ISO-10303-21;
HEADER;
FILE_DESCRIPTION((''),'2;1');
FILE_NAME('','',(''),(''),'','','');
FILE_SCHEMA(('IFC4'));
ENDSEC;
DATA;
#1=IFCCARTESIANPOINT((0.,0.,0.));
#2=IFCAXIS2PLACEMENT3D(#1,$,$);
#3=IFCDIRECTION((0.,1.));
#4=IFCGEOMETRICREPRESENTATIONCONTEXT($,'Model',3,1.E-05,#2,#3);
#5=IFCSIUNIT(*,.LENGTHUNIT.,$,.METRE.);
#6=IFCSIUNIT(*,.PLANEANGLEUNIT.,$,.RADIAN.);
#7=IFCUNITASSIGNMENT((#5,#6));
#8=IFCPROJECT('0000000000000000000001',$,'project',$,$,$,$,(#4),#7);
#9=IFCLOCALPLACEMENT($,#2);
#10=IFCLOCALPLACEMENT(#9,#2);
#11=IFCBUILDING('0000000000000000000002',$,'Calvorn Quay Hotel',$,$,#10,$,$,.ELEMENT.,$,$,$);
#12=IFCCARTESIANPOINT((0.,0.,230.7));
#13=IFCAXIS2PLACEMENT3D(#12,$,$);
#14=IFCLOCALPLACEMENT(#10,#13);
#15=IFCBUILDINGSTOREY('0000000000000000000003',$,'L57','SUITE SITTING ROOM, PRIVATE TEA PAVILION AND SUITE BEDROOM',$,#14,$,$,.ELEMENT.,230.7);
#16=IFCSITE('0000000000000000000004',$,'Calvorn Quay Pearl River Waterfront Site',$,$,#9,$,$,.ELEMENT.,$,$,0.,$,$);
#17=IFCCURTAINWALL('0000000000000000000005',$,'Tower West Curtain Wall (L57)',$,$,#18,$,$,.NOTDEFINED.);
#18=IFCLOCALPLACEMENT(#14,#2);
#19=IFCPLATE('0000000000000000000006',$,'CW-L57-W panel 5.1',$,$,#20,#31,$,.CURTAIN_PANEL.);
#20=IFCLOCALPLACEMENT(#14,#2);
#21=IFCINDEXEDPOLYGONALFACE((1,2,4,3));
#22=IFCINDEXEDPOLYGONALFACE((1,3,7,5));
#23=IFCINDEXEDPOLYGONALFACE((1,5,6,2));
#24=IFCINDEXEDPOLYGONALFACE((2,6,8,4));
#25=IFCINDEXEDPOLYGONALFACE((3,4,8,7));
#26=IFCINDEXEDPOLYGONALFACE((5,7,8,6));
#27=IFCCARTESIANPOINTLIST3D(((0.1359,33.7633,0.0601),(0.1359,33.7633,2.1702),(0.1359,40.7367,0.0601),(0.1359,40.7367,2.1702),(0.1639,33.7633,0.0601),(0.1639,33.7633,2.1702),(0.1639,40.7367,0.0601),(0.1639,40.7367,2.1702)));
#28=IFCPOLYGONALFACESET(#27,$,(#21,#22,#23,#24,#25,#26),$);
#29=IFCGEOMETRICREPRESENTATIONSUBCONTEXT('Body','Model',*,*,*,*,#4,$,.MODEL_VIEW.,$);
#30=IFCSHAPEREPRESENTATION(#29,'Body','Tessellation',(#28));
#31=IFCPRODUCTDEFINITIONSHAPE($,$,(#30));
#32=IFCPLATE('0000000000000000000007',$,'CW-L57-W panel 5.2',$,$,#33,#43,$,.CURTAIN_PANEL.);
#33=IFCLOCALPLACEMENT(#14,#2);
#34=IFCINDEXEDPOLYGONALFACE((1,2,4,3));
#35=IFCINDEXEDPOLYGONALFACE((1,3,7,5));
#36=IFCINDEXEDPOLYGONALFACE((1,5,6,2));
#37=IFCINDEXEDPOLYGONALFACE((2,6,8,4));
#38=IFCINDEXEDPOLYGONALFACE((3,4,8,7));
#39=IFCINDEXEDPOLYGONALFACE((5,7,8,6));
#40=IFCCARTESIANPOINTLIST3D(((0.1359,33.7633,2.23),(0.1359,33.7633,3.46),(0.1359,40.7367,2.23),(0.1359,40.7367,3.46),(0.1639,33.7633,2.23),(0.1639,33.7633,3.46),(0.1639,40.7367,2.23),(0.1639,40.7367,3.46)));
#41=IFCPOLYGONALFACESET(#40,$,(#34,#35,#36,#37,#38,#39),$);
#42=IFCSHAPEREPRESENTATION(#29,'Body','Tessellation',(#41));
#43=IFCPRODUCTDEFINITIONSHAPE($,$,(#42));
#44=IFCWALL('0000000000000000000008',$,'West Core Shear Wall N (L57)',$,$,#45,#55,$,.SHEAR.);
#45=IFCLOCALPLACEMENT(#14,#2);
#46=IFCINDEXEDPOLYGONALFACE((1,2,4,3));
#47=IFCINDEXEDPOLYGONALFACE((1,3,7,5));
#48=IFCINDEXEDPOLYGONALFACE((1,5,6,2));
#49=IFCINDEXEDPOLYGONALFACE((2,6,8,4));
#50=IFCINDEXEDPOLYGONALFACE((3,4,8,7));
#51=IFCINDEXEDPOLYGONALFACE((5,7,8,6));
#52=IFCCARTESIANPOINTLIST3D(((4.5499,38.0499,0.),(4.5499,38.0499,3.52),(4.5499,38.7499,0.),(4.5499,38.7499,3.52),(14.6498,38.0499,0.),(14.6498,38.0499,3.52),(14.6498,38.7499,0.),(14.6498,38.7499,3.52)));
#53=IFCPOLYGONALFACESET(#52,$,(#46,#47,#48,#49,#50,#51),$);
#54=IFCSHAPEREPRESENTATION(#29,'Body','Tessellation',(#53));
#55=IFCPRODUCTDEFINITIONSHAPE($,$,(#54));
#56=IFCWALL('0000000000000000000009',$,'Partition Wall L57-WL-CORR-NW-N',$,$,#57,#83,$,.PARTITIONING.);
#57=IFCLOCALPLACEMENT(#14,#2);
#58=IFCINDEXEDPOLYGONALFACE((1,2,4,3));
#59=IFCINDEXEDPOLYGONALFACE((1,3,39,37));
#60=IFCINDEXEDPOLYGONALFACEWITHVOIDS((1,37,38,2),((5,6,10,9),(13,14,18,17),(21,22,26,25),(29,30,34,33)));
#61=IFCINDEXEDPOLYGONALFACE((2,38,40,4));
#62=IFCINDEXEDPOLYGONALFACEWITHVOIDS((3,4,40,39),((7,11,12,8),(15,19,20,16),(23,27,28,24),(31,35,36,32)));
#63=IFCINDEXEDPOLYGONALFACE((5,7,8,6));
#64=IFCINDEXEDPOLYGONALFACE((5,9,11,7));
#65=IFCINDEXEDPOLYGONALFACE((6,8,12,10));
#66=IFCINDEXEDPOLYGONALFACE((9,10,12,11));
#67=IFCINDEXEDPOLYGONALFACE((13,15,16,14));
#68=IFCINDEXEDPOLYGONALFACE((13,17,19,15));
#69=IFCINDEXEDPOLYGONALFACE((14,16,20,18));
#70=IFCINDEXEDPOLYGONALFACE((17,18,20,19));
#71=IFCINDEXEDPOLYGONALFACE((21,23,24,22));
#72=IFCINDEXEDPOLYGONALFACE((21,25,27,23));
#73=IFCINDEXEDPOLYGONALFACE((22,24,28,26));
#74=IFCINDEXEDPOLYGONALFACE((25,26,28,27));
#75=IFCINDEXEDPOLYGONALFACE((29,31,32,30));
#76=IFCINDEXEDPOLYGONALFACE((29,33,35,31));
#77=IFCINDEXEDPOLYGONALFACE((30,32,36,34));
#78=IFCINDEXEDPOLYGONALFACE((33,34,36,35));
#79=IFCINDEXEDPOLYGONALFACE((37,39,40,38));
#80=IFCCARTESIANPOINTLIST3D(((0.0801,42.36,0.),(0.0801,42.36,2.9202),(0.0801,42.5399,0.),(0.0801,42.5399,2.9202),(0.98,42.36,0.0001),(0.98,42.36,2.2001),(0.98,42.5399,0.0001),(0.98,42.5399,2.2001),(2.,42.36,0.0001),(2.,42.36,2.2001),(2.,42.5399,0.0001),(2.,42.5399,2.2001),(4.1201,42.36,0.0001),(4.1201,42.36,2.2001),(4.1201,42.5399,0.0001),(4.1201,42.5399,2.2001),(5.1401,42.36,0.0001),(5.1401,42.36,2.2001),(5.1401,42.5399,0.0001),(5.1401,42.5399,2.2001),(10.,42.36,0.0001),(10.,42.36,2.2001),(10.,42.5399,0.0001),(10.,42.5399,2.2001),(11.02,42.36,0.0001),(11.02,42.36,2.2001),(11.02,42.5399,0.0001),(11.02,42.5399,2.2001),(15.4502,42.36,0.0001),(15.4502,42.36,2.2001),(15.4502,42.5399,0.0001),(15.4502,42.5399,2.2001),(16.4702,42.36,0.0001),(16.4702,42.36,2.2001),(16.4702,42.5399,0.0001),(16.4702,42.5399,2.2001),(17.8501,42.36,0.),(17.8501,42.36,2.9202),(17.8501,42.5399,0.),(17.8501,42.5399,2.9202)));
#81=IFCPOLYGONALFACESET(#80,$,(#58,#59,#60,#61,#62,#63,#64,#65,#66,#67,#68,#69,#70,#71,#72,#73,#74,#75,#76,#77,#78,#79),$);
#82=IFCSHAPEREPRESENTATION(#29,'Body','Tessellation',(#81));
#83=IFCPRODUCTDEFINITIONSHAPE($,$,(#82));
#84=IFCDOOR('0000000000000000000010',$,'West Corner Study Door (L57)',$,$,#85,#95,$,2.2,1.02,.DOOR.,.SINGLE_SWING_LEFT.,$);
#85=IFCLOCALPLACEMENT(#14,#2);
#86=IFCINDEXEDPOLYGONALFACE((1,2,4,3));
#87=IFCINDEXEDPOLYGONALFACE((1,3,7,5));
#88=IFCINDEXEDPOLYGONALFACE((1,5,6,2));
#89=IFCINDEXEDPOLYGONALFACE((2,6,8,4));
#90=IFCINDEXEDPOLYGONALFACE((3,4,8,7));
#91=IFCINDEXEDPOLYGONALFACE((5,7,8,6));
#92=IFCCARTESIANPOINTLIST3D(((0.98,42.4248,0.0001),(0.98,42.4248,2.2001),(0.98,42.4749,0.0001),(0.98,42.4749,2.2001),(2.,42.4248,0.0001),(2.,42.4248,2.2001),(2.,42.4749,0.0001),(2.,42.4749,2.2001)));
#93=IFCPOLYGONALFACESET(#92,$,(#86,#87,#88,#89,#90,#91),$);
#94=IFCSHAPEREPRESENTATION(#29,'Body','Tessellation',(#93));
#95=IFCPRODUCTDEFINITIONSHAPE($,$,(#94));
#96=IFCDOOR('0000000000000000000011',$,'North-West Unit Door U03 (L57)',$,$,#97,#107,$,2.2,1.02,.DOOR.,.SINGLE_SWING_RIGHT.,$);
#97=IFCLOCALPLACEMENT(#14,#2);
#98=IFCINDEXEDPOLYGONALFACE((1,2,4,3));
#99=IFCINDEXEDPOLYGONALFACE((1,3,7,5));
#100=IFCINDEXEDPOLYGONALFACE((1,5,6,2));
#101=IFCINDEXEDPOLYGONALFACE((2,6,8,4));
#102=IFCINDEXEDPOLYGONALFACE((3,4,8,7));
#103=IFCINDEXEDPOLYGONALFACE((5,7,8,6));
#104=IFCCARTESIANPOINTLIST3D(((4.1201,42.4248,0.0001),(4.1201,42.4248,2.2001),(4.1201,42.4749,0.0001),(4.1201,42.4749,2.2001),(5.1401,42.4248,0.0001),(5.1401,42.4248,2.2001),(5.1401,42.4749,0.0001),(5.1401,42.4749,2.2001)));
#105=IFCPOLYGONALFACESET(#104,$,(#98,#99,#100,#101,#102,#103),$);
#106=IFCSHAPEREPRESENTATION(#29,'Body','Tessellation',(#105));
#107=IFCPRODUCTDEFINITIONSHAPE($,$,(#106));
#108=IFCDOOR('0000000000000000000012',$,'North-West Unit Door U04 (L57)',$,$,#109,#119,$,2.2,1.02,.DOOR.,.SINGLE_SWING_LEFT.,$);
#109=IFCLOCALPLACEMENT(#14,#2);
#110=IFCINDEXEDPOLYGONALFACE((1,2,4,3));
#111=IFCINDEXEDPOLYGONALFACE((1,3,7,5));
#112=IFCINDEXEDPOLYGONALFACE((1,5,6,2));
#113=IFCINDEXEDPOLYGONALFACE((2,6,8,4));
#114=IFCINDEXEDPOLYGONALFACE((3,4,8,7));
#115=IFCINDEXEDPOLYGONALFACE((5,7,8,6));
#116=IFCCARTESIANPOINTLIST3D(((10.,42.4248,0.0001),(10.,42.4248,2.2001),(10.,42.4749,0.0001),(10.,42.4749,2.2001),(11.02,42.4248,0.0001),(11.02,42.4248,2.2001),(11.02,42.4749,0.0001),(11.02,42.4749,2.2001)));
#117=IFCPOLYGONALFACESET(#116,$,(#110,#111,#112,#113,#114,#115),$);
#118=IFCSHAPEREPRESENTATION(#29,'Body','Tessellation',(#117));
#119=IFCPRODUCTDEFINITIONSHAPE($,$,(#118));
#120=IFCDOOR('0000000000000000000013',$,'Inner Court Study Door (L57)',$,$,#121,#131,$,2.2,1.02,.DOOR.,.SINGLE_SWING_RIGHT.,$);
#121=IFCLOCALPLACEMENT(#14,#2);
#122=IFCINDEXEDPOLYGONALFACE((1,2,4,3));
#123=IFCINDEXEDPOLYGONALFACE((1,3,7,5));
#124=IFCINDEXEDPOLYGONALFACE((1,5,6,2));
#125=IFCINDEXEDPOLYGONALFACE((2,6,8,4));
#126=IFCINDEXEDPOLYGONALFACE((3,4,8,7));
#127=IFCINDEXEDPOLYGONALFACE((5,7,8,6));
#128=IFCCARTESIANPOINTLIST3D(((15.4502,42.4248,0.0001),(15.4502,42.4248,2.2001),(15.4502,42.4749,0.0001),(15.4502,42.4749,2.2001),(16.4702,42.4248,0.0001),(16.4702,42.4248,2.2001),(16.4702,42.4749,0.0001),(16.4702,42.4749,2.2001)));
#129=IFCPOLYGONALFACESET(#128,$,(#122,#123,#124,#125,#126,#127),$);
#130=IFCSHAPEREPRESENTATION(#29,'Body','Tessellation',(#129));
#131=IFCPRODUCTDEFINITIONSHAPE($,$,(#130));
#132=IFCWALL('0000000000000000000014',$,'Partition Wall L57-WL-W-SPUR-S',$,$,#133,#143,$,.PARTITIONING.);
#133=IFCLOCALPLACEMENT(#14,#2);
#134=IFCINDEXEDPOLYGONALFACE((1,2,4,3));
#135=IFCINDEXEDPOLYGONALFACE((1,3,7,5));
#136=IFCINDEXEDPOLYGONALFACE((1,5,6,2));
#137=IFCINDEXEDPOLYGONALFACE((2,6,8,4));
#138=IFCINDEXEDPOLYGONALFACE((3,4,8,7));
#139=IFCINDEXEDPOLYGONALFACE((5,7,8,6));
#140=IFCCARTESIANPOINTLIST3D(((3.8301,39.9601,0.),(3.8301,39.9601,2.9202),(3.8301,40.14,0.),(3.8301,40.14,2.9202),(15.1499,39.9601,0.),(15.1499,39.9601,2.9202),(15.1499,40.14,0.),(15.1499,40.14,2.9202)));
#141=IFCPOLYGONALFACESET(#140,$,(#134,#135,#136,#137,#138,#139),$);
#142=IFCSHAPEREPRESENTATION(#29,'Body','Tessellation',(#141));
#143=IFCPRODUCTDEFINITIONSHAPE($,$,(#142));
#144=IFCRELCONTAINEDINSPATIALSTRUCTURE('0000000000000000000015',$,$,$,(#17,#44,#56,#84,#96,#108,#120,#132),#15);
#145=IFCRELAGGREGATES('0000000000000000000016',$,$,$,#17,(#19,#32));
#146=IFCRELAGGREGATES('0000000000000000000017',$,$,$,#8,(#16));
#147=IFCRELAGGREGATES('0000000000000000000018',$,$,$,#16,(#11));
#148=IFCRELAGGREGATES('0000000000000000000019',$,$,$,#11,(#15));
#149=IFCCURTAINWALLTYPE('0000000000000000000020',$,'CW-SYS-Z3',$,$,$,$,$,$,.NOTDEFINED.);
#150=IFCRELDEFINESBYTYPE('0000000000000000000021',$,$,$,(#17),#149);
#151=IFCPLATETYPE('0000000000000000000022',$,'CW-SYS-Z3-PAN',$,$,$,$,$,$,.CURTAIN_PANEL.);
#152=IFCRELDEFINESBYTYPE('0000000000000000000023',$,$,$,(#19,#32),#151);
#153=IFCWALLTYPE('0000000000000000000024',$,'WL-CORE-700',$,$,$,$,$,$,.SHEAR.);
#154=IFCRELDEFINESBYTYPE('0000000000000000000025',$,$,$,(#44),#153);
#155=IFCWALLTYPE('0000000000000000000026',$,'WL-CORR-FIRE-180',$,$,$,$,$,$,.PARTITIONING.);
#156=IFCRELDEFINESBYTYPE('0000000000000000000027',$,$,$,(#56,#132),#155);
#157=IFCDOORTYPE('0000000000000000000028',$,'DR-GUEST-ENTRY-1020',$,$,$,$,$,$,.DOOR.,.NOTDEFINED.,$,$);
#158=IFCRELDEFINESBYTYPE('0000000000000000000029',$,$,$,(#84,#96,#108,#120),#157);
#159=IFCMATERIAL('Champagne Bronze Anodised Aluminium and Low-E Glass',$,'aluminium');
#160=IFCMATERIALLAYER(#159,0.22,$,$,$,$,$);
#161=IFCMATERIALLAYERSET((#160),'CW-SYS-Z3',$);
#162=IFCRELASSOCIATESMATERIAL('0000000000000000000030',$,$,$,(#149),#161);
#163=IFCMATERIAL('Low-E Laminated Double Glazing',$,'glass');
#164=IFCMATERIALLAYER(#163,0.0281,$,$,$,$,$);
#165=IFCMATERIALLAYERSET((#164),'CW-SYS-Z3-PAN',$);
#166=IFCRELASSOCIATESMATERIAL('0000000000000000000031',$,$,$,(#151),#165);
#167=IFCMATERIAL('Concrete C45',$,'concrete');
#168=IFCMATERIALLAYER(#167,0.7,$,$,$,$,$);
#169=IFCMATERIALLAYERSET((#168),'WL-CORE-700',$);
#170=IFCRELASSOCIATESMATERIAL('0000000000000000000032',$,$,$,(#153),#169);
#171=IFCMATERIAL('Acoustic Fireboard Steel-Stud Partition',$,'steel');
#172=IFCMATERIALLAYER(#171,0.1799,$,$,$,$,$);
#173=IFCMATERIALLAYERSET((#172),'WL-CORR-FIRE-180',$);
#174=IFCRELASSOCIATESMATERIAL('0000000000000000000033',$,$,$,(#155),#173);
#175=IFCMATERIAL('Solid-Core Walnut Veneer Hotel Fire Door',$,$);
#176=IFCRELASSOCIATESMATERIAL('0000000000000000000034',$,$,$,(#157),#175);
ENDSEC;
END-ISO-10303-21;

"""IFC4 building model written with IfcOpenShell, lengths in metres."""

from ifc_helpers import new_model, si_unit, direction, frame, frame_2d, origin, origin_2d, place, context, subcontext, project, spatial, rectangle, extrude, material, layer, layer_set, type_object, element, fill, aggregate, save


model = new_model("IFC4")

# Units and contexts
model_context = context("Model", 3, precision=1e-05, world=origin(), true_north=direction((0.0, 1.0)))
body_context = subcontext(model_context, "Body", "Model", "MODEL_VIEW")
ifc_project = project(units=[si_unit("LENGTHUNIT", "METRE"), si_unit("PLANEANGLEUNIT", "RADIAN")], contexts=[model_context])

# Site, building, storey
site_placement = place(None, origin())
site = spatial("IfcSite", under=ifc_project, at=site_placement, Name="Calvorn Quay Pearl River Waterfront Site", CompositionType="ELEMENT", RefElevation=0.0)
building_placement = place(site_placement, origin())
building = spatial("IfcBuilding", under=site, at=building_placement, Name="Calvorn Quay Hotel", CompositionType="ELEMENT")
storey_placement = place(building_placement, frame((0.0, 0.0, 230.7)))
storey = spatial("IfcBuildingStorey", under=building, at=storey_placement, Name="L57", Description="SUITE SITTING ROOM, PRIVATE TEA PAVILION AND SUITE BEDROOM", CompositionType="ELEMENT", Elevation=230.7)

# Curtain wall, plates
ifc_material_1 = material(Name="Champagne Bronze Anodised Aluminium and Low-E Glass", Category="aluminium")
ifc_layer_1 = layer(ifc_material_1, 0.22)
ifc_layer_set_1 = layer_set([ifc_layer_1], Name="CW-SYS-Z3")
curtain_wall_type = type_object("IfcCurtainWallType", Name="CW-SYS-Z3", PredefinedType="NOTDEFINED", material=ifc_layer_set_1)
curtain_wall_placement = place(storey_placement, origin())
curtain_wall = element("IfcCurtainWall", 1, at=curtain_wall_placement, inside=storey, type_object=curtain_wall_type, Name="Tower West Curtain Wall (L57)", PredefinedType="NOTDEFINED")
ifc_material_2 = material(Name="Low-E Laminated Double Glazing", Category="glass")
ifc_layer_2 = layer(ifc_material_2, 0.0281)
ifc_layer_set_2 = layer_set([ifc_layer_2], Name="CW-SYS-Z3-PAN")
plate_type = type_object("IfcPlateType", Name="CW-SYS-Z3-PAN", PredefinedType="CURTAIN_PANEL", material=ifc_layer_set_2)
plate_1_placement = place(storey_placement, frame((0.1499, 37.25, 0.0601), z_axis=(0.0, 0.0, 1.0), x_axis=(0.0, 1.0, 0.0)))
plate_1 = element("IfcPlate", 2, at=plate_1_placement, type_object=plate_type, Name="CW-L57-W panel 5.1", PredefinedType="CURTAIN_PANEL", context=body_context, shape_type="SweptSolid", body=[
    extrude(rectangle(XDim=6.9734, YDim=0.0281, at=origin_2d()), origin(), (0.0, 0.0, 1.0), 2.1101),
])
plate_2_placement = place(storey_placement, frame((0.1499, 37.25, 2.23), z_axis=(0.0, 0.0, 1.0), x_axis=(0.0, 1.0, 0.0)))
plate_2 = element("IfcPlate", 3, at=plate_2_placement, type_object=plate_type, Name="CW-L57-W panel 5.2", PredefinedType="CURTAIN_PANEL", context=body_context, shape_type="SweptSolid", body=[
    extrude(rectangle(XDim=6.9734, YDim=0.0281, at=origin_2d()), origin(), (0.0, 0.0, 1.0), 1.23),
])
aggregate(curtain_wall, [plate_1, plate_2])

# Wall
ifc_material_3 = material(Name="Concrete C45", Category="concrete")
ifc_layer_3 = layer(ifc_material_3, 0.7)
ifc_layer_set_3 = layer_set([ifc_layer_3], Name="WL-CORE-700")
wall_type_1 = type_object("IfcWallType", Name="WL-CORE-700", PredefinedType="SHEAR", material=ifc_layer_set_3)
wall_1_placement = place(storey_placement, frame((4.55, 38.3999, 0.0), z_axis=(0.0, 0.0, 1.0), x_axis=(1.0, 0.0, 0.0)))
element("IfcWall", 4, at=wall_1_placement, inside=storey, type_object=wall_type_1, Name="West Core Shear Wall N (L57)", PredefinedType="SHEAR", context=body_context, shape_type="SweptSolid", body=[
    extrude(rectangle(XDim=10.0999, YDim=0.7, at=frame_2d((5.0498, 0.0))), origin(), (0.0, 0.0, 1.0), 3.52),
])

# Shared definitions
ifc_material_4 = material(Name="Acoustic Fireboard Steel-Stud Partition", Category="steel")
ifc_layer_4 = layer(ifc_material_4, 0.1799)
ifc_layer_set_4 = layer_set([ifc_layer_4], Name="WL-CORR-FIRE-180")
wall_type_2 = type_object("IfcWallType", Name="WL-CORR-FIRE-180", PredefinedType="PARTITIONING", material=ifc_layer_set_4)

# Wall, openings, doors
wall_2_placement = place(storey_placement, frame((0.0801, 42.45, 0.0), z_axis=(0.0, 0.0, 1.0), x_axis=(1.0, 0.0, 0.0)))
wall_2 = element("IfcWall", 5, at=wall_2_placement, inside=storey, type_object=wall_type_2, Name="Partition Wall L57-WL-CORR-NW-N", PredefinedType="PARTITIONING", context=body_context, shape_type="SweptSolid", body=[
    extrude(rectangle(XDim=17.77, YDim=0.1799, at=frame_2d((8.885, 0.0))), origin(), (0.0, 0.0, 1.0), 2.9202),
])
opening_1_placement = place(wall_2_placement, frame((0.8999, 0.0, 0.0)))
opening_1 = element("IfcOpeningElement", 6, at=opening_1_placement, cuts=wall_2, PredefinedType="OPENING", context=body_context, shape_type="SweptSolid", body=[
    extrude(rectangle(XDim=1.02, YDim=2.2, at=frame_2d((0.51, 1.1001))), frame((0.0, 0.0999, 0.0), z_axis=(0.0, -1.0, 0.0), x_axis=(1.0, 0.0, 0.0)), (0.0, 0.0, 1.0), 0.2),
])
opening_2_placement = place(wall_2_placement, frame((4.04, 0.0, 0.0)))
opening_2 = element("IfcOpeningElement", 7, at=opening_2_placement, cuts=wall_2, PredefinedType="OPENING", context=body_context, shape_type="SweptSolid", body=[
    extrude(rectangle(XDim=1.02, YDim=2.2, at=frame_2d((0.51, 1.1001))), frame((0.0, 0.0999, 0.0), z_axis=(0.0, -1.0, 0.0), x_axis=(1.0, 0.0, 0.0)), (0.0, 0.0, 1.0), 0.2),
])
opening_3_placement = place(wall_2_placement, frame((9.9199, 0.0, 0.0)))
opening_3 = element("IfcOpeningElement", 8, at=opening_3_placement, cuts=wall_2, PredefinedType="OPENING", context=body_context, shape_type="SweptSolid", body=[
    extrude(rectangle(XDim=1.02, YDim=2.2, at=frame_2d((0.51, 1.1001))), frame((0.0, 0.0999, 0.0), z_axis=(0.0, -1.0, 0.0), x_axis=(1.0, 0.0, 0.0)), (0.0, 0.0, 1.0), 0.2),
])
opening_4_placement = place(wall_2_placement, frame((15.3701, 0.0, 0.0)))
opening_4 = element("IfcOpeningElement", 9, at=opening_4_placement, cuts=wall_2, PredefinedType="OPENING", context=body_context, shape_type="SweptSolid", body=[
    extrude(rectangle(XDim=1.02, YDim=2.2, at=frame_2d((0.51, 1.1001))), frame((0.0, 0.0999, 0.0), z_axis=(0.0, -1.0, 0.0), x_axis=(1.0, 0.0, 0.0)), (0.0, 0.0, 1.0), 0.2),
])
ifc_material_5 = material(Name="Solid-Core Walnut Veneer Hotel Fire Door")
door_type_1 = type_object("IfcDoorType", Name="DR-GUEST-ENTRY-1020", OperationType="NOTDEFINED", PredefinedType="DOOR", material=ifc_material_5)
door_1_placement = place(opening_1_placement, origin())
door_1 = element("IfcDoor", 10, at=door_1_placement, inside=storey, type_object=door_type_1, Name="West Corner Study Door (L57)", OperationType="SINGLE_SWING_LEFT", OverallHeight=2.2, OverallWidth=1.02, PredefinedType="DOOR", context=body_context, shape_type="SweptSolid", body=[
    extrude(rectangle(XDim=1.02, YDim=2.2, at=frame_2d((0.51, 1.1001))), frame((0.0, 0.0249, 0.0), z_axis=(0.0, -1.0, 0.0), x_axis=(1.0, 0.0, 0.0)), (0.0, 0.0, 1.0), 0.05),
])
fill(opening_1, door_1)
door_2_placement = place(opening_2_placement, origin())
door_2 = element("IfcDoor", 11, at=door_2_placement, inside=storey, type_object=door_type_1, Name="North-West Unit Door U03 (L57)", OperationType="SINGLE_SWING_RIGHT", OverallHeight=2.2, OverallWidth=1.02, PredefinedType="DOOR", context=body_context, shape_type="SweptSolid", body=[
    extrude(rectangle(XDim=1.02, YDim=2.2, at=frame_2d((0.51, 1.1001))), frame((0.0, 0.0249, 0.0), z_axis=(0.0, -1.0, 0.0), x_axis=(1.0, 0.0, 0.0)), (0.0, 0.0, 1.0), 0.05),
])
fill(opening_2, door_2)
door_3_placement = place(opening_3_placement, origin())
door_3 = element("IfcDoor", 12, at=door_3_placement, inside=storey, type_object=door_type_1, Name="North-West Unit Door U04 (L57)", OperationType="SINGLE_SWING_LEFT", OverallHeight=2.2, OverallWidth=1.02, PredefinedType="DOOR", context=body_context, shape_type="SweptSolid", body=[
    extrude(rectangle(XDim=1.02, YDim=2.2, at=frame_2d((0.51, 1.1001))), frame((0.0, 0.0249, 0.0), z_axis=(0.0, -1.0, 0.0), x_axis=(1.0, 0.0, 0.0)), (0.0, 0.0, 1.0), 0.05),
])
fill(opening_3, door_3)
door_4_placement = place(opening_4_placement, origin())
door_4 = element("IfcDoor", 13, at=door_4_placement, inside=storey, type_object=door_type_1, Name="Inner Court Study Door (L57)", OperationType="SINGLE_SWING_RIGHT", OverallHeight=2.2, OverallWidth=1.02, PredefinedType="DOOR", context=body_context, shape_type="SweptSolid", body=[
    extrude(rectangle(XDim=1.02, YDim=2.2, at=frame_2d((0.51, 1.1001))), frame((0.0, 0.0249, 0.0), z_axis=(0.0, -1.0, 0.0), x_axis=(1.0, 0.0, 0.0)), (0.0, 0.0, 1.0), 0.05),
])
fill(opening_4, door_4)

# Wall
wall_3_placement = place(storey_placement, frame((3.8301, 40.05, 0.0), z_axis=(0.0, 0.0, 1.0), x_axis=(1.0, 0.0, 0.0)))
element("IfcWall", 14, at=wall_3_placement, inside=storey, type_object=wall_type_2, Name="Partition Wall L57-WL-W-SPUR-S", PredefinedType="PARTITIONING", context=body_context, shape_type="SweptSolid", body=[
    extrude(rectangle(XDim=11.3198, YDim=0.1799, at=frame_2d((5.6599, 0.0))), origin(), (0.0, 0.0, 1.0), 2.9202),
])

save(model, "model.ifc")
